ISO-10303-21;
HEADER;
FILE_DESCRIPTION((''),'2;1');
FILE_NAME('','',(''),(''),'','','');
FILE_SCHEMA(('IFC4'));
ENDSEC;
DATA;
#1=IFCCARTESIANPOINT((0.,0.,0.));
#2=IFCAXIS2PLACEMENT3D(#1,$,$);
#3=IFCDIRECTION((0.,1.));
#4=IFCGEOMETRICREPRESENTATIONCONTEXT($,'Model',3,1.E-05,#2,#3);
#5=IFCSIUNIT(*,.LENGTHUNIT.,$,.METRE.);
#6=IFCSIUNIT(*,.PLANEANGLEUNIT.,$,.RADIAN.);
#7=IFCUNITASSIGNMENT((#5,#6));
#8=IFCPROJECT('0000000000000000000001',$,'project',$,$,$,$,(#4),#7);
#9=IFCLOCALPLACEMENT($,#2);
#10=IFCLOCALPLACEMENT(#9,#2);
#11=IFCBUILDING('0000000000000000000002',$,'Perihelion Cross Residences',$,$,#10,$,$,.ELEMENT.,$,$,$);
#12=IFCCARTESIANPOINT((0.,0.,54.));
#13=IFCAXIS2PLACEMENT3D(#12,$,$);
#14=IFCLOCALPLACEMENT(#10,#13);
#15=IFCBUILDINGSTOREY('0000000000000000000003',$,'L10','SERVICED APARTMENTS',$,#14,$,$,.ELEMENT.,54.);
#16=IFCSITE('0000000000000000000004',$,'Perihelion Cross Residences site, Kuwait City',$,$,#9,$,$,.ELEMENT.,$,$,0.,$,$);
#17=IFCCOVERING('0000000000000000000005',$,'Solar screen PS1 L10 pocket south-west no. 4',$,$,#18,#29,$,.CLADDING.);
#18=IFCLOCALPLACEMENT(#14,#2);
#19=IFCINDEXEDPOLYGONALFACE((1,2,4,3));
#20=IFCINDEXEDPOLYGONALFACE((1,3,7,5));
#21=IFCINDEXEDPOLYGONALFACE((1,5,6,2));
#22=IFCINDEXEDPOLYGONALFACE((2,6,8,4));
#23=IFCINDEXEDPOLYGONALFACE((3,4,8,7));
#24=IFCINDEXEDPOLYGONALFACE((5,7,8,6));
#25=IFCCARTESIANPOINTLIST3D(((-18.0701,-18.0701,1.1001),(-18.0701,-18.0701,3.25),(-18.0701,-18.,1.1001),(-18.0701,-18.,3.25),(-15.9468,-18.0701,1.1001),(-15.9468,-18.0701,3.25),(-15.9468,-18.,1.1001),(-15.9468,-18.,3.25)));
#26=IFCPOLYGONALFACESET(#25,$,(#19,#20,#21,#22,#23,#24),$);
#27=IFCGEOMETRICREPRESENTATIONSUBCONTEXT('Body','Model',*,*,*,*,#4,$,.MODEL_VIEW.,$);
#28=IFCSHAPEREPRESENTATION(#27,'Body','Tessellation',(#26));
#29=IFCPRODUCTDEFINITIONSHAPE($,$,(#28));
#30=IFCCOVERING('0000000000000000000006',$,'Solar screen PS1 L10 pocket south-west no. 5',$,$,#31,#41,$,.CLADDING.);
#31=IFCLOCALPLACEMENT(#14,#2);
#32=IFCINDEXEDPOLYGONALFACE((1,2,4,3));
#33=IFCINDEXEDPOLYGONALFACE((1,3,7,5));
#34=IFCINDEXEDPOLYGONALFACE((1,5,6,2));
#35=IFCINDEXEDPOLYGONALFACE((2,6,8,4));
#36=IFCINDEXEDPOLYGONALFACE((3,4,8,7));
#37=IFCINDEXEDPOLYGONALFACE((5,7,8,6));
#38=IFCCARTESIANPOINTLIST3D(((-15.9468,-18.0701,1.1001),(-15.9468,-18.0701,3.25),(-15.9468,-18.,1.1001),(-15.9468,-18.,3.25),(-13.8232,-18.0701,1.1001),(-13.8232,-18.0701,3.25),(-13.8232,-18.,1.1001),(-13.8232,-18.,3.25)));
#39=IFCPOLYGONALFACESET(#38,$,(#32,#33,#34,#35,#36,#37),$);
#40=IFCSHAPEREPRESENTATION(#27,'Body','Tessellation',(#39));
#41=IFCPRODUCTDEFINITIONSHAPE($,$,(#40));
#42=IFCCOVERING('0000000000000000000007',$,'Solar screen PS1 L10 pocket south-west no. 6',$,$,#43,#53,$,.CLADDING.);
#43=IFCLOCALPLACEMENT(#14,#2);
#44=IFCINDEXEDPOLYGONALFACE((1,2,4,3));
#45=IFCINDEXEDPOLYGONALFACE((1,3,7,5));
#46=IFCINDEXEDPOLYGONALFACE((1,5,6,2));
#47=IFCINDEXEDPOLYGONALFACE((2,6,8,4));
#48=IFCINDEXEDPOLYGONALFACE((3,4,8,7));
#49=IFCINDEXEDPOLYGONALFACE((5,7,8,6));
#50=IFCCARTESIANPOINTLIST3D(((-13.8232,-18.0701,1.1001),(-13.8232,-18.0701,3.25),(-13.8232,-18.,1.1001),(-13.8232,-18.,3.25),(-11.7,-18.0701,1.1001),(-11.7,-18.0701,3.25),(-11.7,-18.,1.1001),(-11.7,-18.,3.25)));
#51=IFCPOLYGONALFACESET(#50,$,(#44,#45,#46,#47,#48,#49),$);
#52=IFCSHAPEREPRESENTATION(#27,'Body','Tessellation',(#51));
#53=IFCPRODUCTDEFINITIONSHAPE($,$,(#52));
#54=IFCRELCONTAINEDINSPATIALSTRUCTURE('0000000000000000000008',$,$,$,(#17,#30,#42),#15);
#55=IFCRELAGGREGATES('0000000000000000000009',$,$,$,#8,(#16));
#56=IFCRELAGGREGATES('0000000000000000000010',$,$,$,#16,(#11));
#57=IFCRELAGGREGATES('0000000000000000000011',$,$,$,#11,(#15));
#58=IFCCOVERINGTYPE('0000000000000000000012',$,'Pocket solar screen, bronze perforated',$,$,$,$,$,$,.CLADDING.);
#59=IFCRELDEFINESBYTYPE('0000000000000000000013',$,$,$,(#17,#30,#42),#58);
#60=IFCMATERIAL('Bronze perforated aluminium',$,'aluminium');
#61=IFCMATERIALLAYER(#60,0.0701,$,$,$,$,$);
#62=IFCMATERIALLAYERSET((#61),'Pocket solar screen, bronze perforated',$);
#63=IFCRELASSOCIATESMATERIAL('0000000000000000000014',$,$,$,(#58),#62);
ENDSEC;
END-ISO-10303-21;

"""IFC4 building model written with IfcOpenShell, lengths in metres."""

from ifc_helpers import new_model, si_unit, direction, frame, origin, place, context, subcontext, project, spatial, polyline, outline, extrude, material, layer, layer_set, type_object, element, save


model = new_model("IFC4")

# Units and contexts
model_context = context("Model", 3, precision=1e-05, world=origin(), true_north=direction((0.0, 1.0)))
body_context = subcontext(model_context, "Body", "Model", "MODEL_VIEW")
ifc_project = project(units=[si_unit("LENGTHUNIT", "METRE"), si_unit("PLANEANGLEUNIT", "RADIAN")], contexts=[model_context])

# Site, building, storey
site_placement = place(None, origin())
site = spatial("IfcSite", under=ifc_project, at=site_placement, Name="Perihelion Cross Residences site, Kuwait City", CompositionType="ELEMENT", RefElevation=0.0)
building_placement = place(site_placement, origin())
building = spatial("IfcBuilding", under=site, at=building_placement, Name="Perihelion Cross Residences", CompositionType="ELEMENT")
storey_placement = place(building_placement, frame((0.0, 0.0, 54.0)))
storey = spatial("IfcBuildingStorey", under=building, at=storey_placement, Name="L10", Description="SERVICED APARTMENTS", CompositionType="ELEMENT", Elevation=54.0)

# Coverings
ifc_material_1 = material(Name="Bronze perforated aluminium", Category="aluminium")
ifc_layer_1 = layer(ifc_material_1, 0.0701)
ifc_layer_set_1 = layer_set([ifc_layer_1], Name="Pocket solar screen, bronze perforated")
covering_type_1 = type_object("IfcCoveringType", Name="Pocket solar screen, bronze perforated", PredefinedType="CLADDING", material=ifc_layer_set_1)
covering_1_placement = place(storey_placement, frame((0.0, 0.0, 1.1001)))
element("IfcCovering", 1, at=covering_1_placement, inside=storey, type_object=covering_type_1, Name="Solar screen PS1 L10 pocket south-west no. 4", PredefinedType="CLADDING", context=body_context, shape_type="SweptSolid", body=[
    extrude(outline(polyline([(-15.9468, -18.0701), (-15.9468, -18.0), (-18.0701, -18.0), (-18.0701, -18.0701), (-15.9468, -18.0701)])), origin(), (0.0, 0.0, 1.0), 2.1499),
])
covering_2_placement = place(storey_placement, frame((0.0, 0.0, 1.1001)))
element("IfcCovering", 2, at=covering_2_placement, inside=storey, type_object=covering_type_1, Name="Solar screen PS1 L10 pocket south-west no. 5", PredefinedType="CLADDING", context=body_context, shape_type="SweptSolid", body=[
    extrude(outline(polyline([(-13.8232, -18.0701), (-13.8232, -18.0), (-15.9468, -18.0), (-15.9468, -18.0701), (-13.8232, -18.0701)])), origin(), (0.0, 0.0, 1.0), 2.1499),
])
covering_3_placement = place(storey_placement, frame((0.0, 0.0, 1.1001)))
element("IfcCovering", 3, at=covering_3_placement, inside=storey, type_object=covering_type_1, Name="Solar screen PS1 L10 pocket south-west no. 6", PredefinedType="CLADDING", context=body_context, shape_type="SweptSolid", body=[
    extrude(outline(polyline([(-11.7, -18.0701), (-11.7, -18.0), (-13.8232, -18.0), (-13.8232, -18.0701), (-11.7, -18.0701)])), origin(), (0.0, 0.0, 1.0), 2.1499),
])

save(model, "model.ifc")
